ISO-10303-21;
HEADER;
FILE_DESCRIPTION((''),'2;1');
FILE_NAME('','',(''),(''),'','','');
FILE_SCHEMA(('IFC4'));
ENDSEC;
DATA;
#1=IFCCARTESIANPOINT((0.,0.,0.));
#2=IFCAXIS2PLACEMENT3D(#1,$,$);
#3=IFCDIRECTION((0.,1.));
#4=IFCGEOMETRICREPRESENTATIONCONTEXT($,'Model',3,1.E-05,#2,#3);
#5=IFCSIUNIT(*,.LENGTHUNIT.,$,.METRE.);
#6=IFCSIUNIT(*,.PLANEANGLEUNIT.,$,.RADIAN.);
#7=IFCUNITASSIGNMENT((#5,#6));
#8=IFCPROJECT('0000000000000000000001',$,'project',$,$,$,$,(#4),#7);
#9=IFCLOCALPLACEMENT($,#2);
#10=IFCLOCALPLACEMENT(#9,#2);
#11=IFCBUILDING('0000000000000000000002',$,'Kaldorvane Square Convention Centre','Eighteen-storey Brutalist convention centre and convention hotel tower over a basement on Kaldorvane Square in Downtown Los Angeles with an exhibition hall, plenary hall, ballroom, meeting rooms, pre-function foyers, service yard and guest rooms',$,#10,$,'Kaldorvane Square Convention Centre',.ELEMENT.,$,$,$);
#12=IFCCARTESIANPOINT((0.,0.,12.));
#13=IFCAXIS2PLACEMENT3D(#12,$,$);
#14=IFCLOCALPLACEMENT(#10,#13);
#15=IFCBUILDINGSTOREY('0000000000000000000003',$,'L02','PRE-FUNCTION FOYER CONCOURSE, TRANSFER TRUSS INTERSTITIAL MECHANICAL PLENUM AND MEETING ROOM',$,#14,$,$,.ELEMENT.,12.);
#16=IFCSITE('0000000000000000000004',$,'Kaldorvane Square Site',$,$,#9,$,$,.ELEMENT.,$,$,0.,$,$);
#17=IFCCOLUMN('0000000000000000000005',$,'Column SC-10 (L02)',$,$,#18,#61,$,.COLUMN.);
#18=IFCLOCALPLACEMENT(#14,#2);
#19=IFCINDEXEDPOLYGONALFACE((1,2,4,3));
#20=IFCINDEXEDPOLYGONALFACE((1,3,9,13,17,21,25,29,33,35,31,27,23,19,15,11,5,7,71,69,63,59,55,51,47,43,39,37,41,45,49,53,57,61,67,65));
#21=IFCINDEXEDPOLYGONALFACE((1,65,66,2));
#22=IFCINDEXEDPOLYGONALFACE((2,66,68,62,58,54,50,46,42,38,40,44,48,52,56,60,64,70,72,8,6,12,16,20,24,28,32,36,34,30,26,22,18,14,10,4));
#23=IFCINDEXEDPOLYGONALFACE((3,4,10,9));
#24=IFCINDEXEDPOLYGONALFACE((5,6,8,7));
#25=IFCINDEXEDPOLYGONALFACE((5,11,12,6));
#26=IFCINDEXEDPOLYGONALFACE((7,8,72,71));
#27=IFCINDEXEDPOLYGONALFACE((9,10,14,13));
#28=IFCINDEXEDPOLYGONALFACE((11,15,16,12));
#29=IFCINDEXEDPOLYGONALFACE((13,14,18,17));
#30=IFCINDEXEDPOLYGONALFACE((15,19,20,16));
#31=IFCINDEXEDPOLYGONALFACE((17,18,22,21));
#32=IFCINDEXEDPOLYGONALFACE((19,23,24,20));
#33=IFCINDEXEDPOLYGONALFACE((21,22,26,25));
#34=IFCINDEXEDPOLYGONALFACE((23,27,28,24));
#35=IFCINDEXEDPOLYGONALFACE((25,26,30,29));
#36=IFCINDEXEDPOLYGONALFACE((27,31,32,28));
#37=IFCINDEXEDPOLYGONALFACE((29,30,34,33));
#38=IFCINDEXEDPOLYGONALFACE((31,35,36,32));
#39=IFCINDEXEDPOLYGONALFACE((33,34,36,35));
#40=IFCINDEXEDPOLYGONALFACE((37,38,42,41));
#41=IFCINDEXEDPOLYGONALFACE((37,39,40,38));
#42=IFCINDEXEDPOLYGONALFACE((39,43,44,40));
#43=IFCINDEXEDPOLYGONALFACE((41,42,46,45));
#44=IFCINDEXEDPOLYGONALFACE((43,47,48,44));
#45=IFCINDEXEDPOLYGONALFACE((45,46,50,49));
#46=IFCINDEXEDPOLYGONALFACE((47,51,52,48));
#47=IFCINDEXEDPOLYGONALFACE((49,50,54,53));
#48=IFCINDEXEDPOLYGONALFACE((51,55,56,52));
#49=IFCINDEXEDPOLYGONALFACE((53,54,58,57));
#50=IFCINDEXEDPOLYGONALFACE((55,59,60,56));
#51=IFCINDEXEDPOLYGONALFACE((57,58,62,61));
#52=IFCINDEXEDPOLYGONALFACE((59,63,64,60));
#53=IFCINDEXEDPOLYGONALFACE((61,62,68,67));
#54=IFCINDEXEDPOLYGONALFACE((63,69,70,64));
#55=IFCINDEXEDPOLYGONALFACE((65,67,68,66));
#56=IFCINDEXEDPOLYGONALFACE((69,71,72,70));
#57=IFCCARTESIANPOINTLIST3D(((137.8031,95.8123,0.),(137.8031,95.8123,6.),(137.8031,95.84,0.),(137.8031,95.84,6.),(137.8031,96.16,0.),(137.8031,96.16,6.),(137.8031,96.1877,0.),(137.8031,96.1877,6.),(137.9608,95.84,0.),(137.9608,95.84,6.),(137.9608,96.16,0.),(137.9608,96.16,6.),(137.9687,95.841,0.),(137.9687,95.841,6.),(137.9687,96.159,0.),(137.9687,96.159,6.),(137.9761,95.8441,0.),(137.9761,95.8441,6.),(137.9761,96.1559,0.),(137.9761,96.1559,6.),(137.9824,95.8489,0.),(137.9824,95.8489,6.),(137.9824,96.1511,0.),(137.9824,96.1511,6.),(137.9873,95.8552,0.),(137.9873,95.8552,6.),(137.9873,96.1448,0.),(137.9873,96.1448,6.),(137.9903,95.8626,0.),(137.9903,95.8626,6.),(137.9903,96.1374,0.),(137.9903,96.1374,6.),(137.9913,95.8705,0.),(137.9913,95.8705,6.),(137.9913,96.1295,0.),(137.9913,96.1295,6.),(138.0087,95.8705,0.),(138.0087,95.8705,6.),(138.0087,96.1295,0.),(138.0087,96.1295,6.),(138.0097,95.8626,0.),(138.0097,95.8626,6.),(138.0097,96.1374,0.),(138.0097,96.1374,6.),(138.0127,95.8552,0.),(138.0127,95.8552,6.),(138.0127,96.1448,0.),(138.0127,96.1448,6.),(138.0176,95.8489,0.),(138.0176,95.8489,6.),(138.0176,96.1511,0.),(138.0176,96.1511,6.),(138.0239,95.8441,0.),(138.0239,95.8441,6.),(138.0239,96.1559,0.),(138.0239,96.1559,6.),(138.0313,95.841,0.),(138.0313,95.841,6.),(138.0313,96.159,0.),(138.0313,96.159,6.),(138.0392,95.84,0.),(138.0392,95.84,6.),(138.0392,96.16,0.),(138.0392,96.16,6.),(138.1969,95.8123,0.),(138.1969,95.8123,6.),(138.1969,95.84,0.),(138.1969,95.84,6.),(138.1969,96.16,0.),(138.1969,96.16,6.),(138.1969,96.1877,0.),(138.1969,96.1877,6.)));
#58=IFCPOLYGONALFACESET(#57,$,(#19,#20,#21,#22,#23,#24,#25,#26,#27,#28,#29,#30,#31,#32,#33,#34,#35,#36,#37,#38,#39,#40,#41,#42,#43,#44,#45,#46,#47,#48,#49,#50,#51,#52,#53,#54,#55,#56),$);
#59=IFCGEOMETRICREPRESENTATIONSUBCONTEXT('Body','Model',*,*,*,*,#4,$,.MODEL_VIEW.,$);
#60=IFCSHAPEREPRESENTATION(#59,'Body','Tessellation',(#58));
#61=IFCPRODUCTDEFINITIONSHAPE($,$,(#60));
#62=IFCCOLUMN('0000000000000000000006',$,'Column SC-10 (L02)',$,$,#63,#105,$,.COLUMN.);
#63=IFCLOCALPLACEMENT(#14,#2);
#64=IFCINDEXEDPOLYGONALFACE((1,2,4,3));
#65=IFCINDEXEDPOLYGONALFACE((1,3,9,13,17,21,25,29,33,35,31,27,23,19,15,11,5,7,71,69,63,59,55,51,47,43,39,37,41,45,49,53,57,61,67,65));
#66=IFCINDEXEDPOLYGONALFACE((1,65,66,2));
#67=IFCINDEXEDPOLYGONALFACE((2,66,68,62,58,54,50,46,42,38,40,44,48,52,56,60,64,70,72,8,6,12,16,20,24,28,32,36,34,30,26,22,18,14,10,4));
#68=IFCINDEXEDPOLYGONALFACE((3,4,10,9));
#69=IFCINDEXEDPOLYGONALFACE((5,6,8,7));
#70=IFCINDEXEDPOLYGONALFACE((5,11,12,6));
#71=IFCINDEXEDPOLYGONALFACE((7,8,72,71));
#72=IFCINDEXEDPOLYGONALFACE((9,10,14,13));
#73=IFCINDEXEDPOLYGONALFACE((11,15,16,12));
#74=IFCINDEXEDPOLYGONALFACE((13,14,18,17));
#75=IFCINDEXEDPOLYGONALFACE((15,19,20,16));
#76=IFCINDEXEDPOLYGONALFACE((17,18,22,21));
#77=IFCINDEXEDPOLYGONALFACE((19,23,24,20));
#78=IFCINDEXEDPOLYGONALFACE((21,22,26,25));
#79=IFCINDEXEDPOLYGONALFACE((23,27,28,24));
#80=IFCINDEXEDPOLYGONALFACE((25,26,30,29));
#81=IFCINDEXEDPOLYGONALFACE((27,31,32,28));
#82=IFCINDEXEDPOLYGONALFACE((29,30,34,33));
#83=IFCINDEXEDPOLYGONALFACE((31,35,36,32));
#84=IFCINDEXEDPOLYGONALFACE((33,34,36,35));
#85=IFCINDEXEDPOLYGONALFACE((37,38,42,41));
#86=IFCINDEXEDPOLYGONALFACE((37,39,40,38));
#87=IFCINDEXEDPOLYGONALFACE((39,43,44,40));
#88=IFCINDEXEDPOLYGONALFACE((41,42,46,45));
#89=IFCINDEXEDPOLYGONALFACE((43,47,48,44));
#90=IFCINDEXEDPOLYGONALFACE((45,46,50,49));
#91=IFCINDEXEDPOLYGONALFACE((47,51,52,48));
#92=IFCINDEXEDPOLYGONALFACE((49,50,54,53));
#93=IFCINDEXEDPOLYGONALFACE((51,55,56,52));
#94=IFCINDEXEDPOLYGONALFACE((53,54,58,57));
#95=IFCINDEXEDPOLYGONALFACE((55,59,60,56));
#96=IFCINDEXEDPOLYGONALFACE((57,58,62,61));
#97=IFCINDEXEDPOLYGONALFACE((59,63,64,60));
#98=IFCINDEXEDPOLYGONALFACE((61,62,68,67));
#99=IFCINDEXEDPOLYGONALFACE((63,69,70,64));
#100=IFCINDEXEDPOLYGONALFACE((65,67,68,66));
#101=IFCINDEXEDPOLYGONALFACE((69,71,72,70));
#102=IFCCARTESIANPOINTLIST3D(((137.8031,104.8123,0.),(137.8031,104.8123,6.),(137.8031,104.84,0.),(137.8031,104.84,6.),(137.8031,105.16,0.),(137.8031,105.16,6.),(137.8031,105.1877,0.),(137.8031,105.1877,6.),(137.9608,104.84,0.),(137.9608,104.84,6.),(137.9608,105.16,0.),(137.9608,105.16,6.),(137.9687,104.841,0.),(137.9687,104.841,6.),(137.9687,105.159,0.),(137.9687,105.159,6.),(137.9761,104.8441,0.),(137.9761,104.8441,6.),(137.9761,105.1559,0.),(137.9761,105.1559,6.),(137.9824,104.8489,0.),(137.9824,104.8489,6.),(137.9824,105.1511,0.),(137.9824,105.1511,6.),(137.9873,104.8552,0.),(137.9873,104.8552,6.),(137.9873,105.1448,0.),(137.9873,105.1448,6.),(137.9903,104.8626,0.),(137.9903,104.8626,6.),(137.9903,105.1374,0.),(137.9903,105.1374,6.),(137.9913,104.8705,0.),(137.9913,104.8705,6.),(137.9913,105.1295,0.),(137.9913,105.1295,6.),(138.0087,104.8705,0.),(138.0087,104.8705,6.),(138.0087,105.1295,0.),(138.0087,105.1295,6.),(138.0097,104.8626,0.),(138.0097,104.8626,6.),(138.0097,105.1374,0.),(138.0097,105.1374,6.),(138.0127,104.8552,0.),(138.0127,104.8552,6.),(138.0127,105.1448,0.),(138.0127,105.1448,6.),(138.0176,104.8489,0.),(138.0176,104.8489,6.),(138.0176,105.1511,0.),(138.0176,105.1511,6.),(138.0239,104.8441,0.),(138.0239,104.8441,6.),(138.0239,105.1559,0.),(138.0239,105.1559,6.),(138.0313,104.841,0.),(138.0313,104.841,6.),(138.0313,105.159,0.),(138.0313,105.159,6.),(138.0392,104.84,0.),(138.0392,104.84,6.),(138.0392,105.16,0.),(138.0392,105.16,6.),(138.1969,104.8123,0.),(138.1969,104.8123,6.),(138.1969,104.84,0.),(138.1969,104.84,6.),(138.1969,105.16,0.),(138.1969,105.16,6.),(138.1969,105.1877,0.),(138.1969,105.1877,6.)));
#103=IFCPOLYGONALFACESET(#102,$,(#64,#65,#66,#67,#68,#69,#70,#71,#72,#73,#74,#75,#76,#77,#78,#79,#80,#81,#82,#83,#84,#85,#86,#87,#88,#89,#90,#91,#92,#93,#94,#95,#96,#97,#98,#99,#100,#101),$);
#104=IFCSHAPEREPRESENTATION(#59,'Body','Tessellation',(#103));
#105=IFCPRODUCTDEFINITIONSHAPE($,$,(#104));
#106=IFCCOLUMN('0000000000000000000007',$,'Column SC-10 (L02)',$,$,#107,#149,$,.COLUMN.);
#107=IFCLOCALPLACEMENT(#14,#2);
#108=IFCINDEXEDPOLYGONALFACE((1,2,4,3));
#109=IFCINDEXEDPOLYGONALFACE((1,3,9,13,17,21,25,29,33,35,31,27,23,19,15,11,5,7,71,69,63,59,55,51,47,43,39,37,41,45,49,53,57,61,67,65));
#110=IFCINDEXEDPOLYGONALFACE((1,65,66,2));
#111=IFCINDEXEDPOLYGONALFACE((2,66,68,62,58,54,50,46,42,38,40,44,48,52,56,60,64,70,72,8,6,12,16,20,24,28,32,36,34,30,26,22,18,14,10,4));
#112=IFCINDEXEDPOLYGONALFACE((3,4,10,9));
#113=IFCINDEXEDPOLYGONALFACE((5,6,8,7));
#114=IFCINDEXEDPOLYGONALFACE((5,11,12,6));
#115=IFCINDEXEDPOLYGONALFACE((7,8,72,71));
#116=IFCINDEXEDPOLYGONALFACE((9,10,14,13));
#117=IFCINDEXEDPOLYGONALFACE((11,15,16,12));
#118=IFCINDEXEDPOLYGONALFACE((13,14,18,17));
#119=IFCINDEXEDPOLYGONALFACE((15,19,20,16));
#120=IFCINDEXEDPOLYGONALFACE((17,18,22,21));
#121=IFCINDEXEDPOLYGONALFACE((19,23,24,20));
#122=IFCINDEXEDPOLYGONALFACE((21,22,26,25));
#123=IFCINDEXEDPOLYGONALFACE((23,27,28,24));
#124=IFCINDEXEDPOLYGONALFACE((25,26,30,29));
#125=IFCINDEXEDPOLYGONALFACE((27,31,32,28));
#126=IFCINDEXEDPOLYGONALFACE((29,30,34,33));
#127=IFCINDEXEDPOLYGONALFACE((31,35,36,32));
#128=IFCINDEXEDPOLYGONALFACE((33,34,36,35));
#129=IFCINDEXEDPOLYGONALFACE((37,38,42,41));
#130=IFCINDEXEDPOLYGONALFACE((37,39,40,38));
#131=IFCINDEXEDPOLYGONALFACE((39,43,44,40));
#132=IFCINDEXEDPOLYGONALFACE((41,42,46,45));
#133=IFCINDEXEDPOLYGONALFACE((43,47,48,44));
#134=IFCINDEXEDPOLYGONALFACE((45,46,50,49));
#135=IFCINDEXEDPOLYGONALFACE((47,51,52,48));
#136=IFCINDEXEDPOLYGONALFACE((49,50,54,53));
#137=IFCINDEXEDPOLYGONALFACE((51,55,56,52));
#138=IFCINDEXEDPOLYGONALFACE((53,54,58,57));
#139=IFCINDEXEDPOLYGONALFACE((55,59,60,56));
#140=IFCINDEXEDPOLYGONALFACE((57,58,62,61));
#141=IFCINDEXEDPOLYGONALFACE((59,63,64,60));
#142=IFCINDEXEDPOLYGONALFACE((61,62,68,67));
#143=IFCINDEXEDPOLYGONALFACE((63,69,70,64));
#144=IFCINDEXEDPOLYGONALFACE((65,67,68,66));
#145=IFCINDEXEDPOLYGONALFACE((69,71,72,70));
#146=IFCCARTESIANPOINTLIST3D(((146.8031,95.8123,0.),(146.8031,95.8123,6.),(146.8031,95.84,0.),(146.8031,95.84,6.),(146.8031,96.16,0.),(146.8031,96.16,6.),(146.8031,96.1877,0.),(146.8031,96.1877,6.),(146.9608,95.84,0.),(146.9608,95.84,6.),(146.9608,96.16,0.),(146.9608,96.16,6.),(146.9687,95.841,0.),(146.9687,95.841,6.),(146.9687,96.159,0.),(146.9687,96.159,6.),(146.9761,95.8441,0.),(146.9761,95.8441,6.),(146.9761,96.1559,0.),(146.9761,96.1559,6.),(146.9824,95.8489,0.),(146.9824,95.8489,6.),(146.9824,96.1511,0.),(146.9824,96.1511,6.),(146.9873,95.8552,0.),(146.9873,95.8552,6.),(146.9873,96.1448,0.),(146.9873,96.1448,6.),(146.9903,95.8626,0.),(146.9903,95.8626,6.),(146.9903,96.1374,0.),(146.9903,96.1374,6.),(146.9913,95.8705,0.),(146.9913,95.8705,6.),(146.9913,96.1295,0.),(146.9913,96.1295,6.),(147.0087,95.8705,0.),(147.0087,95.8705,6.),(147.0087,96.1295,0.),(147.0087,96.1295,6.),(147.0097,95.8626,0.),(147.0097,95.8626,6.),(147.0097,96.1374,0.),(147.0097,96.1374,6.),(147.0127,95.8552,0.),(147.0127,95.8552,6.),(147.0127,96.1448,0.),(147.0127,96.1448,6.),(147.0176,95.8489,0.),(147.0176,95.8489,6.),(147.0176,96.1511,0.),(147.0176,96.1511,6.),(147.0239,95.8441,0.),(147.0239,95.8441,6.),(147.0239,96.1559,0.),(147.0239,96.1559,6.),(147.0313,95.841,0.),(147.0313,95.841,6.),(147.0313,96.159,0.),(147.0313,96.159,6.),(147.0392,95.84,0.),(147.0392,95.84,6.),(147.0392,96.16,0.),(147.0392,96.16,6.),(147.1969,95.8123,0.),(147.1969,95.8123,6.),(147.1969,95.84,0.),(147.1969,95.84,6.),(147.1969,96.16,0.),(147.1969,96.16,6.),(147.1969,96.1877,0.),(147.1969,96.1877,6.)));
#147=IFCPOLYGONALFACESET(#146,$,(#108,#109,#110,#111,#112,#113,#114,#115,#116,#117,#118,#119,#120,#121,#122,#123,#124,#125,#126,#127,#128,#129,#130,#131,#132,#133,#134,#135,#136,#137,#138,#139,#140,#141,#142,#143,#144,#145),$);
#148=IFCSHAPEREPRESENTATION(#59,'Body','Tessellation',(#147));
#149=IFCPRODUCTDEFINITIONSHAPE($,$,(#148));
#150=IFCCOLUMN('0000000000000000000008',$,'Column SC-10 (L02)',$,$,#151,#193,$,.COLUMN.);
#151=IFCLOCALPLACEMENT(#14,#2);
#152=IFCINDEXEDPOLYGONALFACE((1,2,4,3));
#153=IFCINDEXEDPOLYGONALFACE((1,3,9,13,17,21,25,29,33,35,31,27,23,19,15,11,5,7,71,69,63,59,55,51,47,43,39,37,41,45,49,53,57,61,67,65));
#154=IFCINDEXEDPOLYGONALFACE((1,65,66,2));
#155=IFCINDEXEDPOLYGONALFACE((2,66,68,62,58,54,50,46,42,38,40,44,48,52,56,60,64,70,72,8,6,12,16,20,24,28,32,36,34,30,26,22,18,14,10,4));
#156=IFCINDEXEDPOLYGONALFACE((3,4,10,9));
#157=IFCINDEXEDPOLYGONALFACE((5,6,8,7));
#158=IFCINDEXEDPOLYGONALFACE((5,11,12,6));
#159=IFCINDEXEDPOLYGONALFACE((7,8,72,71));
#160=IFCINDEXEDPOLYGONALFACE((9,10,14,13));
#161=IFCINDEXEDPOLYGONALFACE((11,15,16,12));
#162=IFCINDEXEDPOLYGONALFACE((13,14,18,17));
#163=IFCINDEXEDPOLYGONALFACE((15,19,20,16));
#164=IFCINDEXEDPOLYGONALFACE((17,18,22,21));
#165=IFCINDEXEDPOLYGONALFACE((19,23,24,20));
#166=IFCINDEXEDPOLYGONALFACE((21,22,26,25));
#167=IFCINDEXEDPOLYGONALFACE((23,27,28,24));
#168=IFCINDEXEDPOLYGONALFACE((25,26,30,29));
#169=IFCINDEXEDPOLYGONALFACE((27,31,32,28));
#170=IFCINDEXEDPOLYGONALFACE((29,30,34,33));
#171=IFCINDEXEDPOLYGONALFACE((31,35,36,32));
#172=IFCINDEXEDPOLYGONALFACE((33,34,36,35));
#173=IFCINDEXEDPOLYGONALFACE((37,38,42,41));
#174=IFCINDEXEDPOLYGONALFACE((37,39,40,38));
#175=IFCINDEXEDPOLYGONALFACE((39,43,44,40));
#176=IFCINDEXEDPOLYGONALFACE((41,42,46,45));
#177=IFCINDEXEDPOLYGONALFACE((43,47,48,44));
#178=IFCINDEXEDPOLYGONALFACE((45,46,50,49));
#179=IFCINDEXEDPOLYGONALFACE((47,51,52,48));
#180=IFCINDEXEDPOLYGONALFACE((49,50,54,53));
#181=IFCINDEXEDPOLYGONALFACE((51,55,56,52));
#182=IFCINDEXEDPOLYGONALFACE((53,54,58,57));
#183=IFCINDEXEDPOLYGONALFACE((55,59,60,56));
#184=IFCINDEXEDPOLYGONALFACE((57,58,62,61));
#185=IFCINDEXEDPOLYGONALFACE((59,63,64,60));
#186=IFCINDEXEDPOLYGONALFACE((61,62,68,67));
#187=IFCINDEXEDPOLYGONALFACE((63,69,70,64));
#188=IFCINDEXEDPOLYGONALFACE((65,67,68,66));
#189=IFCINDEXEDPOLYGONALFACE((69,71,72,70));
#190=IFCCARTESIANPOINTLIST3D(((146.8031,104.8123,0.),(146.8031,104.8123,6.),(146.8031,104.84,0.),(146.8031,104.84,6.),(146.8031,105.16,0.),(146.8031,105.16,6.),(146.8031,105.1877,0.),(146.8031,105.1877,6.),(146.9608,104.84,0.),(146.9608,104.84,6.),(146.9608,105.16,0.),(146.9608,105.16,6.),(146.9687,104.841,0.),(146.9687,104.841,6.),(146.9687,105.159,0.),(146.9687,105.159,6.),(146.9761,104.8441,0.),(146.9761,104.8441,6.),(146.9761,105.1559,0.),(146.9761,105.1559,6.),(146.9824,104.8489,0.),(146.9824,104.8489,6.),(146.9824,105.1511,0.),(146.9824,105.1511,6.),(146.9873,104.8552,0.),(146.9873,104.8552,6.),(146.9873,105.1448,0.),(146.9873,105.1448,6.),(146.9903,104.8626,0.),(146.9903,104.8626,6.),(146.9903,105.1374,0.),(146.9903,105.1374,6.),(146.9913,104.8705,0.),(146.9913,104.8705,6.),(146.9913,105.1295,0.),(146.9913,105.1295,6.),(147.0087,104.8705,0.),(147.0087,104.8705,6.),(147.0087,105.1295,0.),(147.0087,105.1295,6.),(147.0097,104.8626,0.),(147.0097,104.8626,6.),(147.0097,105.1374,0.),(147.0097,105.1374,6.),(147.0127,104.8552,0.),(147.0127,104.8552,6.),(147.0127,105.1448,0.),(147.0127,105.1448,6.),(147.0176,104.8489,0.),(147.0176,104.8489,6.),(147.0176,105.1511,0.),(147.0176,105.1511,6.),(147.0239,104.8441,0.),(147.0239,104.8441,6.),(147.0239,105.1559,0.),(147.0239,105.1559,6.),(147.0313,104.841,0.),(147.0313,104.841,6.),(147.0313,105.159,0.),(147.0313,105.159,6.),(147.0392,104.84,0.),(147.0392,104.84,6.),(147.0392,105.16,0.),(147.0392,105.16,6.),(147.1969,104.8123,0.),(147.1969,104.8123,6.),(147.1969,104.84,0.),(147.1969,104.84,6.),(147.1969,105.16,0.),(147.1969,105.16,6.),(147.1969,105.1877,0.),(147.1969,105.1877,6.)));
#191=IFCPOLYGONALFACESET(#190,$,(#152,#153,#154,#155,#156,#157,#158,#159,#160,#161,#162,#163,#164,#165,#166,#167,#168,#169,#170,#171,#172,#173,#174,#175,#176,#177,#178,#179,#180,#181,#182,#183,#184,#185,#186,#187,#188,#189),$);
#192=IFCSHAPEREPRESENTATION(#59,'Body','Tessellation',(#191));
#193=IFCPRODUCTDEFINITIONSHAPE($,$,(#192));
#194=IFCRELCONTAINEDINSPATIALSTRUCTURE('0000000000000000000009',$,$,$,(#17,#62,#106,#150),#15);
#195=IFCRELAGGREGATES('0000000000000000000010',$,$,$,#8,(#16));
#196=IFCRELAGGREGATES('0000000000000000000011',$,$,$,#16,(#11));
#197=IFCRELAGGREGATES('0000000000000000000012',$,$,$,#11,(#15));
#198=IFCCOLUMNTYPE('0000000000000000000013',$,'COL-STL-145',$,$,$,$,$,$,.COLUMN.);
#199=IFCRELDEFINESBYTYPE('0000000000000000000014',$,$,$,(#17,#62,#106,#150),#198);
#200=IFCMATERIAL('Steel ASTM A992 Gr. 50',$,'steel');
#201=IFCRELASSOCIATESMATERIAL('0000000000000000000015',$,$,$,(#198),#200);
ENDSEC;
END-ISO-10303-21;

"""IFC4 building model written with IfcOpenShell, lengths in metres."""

from ifc_helpers import new_model, si_unit, direction, frame, origin, origin_2d, place, context, subcontext, project, spatial, i_section, extrude, material, material_profile, profile_set, type_object, element, save


model = new_model("IFC4")

# Units and contexts
model_context = context("Model", 3, precision=1e-05, world=origin(), true_north=direction((0.0, 1.0)))
body_context = subcontext(model_context, "Body", "Model", "MODEL_VIEW")
ifc_project = project(units=[si_unit("LENGTHUNIT", "METRE"), si_unit("PLANEANGLEUNIT", "RADIAN")], contexts=[model_context])

# Site, building, storey
site_placement = place(None, origin())
site = spatial("IfcSite", under=ifc_project, at=site_placement, Name="Kaldorvane Square Site", CompositionType="ELEMENT", RefElevation=0.0)
building_placement = place(site_placement, origin())
building = spatial("IfcBuilding", under=site, at=building_placement, Name="Kaldorvane Square Convention Centre", Description="Eighteen-storey Brutalist convention centre and convention hotel tower over a basement on Kaldorvane Square in Downtown Los Angeles with an exhibition hall, plenary hall, ballroom, meeting rooms, pre-function foyers, service yard and guest rooms", LongName="Kaldorvane Square Convention Centre", CompositionType="ELEMENT")
storey_placement = place(building_placement, frame((0.0, 0.0, 12.0)))
storey = spatial("IfcBuildingStorey", under=building, at=storey_placement, Name="L02", Description="PRE-FUNCTION FOYER CONCOURSE, TRANSFER TRUSS INTERSTITIAL MECHANICAL PLENUM AND MEETING ROOM", CompositionType="ELEMENT", Elevation=12.0)

# Columns
ifc_material_1 = material(Name="Steel ASTM A992 Gr. 50", Category="steel")
ifc_material_profile_1 = material_profile(ifc_material_1, i_section(OverallWidth=0.3937, OverallDepth=0.3754, WebThickness=0.0173, FlangeThickness=0.0277, FilletRadius=0.0305, at=origin_2d()), Name="W14X145")
ifc_profile_set_1 = profile_set([ifc_material_profile_1], Name="Steel ASTM A992 Gr. 50")
column_type = type_object("IfcColumnType", Name="COL-STL-145", PredefinedType="COLUMN", material=ifc_profile_set_1)
for number, where, z_axis, x_axis, name in (
    (1, (138.0, 96.0, 0.0), (0.0, 0.0, 1.0), (1.0, 0.0, 0.0), "Column SC-10 (L02)"),
    (2, (138.0, 105.0, 0.0), (0.0, 0.0, 1.0), (1.0, 0.0, 0.0), "Column SC-10 (L02)"),
    (3, (147.0, 96.0, 0.0), (0.0, 0.0, 1.0), (1.0, 0.0, 0.0), "Column SC-10 (L02)"),
    (4, (147.0, 105.0, 0.0), (0.0, 0.0, 1.0), (1.0, 0.0, 0.0), "Column SC-10 (L02)"),
):
    element("IfcColumn", number, at=place(storey_placement, frame(where, z_axis=z_axis, x_axis=x_axis)), inside=storey, type_object=column_type, Name=name, PredefinedType="COLUMN", context=body_context, shape_type="SweptSolid", body=[
        extrude(i_section(OverallWidth=0.3937, OverallDepth=0.3754, WebThickness=0.0173, FlangeThickness=0.0277, FilletRadius=0.0305, at=origin_2d()), origin(), (0.0, 0.0, 1.0), 6.0),
    ])

save(model, "model.ifc")
